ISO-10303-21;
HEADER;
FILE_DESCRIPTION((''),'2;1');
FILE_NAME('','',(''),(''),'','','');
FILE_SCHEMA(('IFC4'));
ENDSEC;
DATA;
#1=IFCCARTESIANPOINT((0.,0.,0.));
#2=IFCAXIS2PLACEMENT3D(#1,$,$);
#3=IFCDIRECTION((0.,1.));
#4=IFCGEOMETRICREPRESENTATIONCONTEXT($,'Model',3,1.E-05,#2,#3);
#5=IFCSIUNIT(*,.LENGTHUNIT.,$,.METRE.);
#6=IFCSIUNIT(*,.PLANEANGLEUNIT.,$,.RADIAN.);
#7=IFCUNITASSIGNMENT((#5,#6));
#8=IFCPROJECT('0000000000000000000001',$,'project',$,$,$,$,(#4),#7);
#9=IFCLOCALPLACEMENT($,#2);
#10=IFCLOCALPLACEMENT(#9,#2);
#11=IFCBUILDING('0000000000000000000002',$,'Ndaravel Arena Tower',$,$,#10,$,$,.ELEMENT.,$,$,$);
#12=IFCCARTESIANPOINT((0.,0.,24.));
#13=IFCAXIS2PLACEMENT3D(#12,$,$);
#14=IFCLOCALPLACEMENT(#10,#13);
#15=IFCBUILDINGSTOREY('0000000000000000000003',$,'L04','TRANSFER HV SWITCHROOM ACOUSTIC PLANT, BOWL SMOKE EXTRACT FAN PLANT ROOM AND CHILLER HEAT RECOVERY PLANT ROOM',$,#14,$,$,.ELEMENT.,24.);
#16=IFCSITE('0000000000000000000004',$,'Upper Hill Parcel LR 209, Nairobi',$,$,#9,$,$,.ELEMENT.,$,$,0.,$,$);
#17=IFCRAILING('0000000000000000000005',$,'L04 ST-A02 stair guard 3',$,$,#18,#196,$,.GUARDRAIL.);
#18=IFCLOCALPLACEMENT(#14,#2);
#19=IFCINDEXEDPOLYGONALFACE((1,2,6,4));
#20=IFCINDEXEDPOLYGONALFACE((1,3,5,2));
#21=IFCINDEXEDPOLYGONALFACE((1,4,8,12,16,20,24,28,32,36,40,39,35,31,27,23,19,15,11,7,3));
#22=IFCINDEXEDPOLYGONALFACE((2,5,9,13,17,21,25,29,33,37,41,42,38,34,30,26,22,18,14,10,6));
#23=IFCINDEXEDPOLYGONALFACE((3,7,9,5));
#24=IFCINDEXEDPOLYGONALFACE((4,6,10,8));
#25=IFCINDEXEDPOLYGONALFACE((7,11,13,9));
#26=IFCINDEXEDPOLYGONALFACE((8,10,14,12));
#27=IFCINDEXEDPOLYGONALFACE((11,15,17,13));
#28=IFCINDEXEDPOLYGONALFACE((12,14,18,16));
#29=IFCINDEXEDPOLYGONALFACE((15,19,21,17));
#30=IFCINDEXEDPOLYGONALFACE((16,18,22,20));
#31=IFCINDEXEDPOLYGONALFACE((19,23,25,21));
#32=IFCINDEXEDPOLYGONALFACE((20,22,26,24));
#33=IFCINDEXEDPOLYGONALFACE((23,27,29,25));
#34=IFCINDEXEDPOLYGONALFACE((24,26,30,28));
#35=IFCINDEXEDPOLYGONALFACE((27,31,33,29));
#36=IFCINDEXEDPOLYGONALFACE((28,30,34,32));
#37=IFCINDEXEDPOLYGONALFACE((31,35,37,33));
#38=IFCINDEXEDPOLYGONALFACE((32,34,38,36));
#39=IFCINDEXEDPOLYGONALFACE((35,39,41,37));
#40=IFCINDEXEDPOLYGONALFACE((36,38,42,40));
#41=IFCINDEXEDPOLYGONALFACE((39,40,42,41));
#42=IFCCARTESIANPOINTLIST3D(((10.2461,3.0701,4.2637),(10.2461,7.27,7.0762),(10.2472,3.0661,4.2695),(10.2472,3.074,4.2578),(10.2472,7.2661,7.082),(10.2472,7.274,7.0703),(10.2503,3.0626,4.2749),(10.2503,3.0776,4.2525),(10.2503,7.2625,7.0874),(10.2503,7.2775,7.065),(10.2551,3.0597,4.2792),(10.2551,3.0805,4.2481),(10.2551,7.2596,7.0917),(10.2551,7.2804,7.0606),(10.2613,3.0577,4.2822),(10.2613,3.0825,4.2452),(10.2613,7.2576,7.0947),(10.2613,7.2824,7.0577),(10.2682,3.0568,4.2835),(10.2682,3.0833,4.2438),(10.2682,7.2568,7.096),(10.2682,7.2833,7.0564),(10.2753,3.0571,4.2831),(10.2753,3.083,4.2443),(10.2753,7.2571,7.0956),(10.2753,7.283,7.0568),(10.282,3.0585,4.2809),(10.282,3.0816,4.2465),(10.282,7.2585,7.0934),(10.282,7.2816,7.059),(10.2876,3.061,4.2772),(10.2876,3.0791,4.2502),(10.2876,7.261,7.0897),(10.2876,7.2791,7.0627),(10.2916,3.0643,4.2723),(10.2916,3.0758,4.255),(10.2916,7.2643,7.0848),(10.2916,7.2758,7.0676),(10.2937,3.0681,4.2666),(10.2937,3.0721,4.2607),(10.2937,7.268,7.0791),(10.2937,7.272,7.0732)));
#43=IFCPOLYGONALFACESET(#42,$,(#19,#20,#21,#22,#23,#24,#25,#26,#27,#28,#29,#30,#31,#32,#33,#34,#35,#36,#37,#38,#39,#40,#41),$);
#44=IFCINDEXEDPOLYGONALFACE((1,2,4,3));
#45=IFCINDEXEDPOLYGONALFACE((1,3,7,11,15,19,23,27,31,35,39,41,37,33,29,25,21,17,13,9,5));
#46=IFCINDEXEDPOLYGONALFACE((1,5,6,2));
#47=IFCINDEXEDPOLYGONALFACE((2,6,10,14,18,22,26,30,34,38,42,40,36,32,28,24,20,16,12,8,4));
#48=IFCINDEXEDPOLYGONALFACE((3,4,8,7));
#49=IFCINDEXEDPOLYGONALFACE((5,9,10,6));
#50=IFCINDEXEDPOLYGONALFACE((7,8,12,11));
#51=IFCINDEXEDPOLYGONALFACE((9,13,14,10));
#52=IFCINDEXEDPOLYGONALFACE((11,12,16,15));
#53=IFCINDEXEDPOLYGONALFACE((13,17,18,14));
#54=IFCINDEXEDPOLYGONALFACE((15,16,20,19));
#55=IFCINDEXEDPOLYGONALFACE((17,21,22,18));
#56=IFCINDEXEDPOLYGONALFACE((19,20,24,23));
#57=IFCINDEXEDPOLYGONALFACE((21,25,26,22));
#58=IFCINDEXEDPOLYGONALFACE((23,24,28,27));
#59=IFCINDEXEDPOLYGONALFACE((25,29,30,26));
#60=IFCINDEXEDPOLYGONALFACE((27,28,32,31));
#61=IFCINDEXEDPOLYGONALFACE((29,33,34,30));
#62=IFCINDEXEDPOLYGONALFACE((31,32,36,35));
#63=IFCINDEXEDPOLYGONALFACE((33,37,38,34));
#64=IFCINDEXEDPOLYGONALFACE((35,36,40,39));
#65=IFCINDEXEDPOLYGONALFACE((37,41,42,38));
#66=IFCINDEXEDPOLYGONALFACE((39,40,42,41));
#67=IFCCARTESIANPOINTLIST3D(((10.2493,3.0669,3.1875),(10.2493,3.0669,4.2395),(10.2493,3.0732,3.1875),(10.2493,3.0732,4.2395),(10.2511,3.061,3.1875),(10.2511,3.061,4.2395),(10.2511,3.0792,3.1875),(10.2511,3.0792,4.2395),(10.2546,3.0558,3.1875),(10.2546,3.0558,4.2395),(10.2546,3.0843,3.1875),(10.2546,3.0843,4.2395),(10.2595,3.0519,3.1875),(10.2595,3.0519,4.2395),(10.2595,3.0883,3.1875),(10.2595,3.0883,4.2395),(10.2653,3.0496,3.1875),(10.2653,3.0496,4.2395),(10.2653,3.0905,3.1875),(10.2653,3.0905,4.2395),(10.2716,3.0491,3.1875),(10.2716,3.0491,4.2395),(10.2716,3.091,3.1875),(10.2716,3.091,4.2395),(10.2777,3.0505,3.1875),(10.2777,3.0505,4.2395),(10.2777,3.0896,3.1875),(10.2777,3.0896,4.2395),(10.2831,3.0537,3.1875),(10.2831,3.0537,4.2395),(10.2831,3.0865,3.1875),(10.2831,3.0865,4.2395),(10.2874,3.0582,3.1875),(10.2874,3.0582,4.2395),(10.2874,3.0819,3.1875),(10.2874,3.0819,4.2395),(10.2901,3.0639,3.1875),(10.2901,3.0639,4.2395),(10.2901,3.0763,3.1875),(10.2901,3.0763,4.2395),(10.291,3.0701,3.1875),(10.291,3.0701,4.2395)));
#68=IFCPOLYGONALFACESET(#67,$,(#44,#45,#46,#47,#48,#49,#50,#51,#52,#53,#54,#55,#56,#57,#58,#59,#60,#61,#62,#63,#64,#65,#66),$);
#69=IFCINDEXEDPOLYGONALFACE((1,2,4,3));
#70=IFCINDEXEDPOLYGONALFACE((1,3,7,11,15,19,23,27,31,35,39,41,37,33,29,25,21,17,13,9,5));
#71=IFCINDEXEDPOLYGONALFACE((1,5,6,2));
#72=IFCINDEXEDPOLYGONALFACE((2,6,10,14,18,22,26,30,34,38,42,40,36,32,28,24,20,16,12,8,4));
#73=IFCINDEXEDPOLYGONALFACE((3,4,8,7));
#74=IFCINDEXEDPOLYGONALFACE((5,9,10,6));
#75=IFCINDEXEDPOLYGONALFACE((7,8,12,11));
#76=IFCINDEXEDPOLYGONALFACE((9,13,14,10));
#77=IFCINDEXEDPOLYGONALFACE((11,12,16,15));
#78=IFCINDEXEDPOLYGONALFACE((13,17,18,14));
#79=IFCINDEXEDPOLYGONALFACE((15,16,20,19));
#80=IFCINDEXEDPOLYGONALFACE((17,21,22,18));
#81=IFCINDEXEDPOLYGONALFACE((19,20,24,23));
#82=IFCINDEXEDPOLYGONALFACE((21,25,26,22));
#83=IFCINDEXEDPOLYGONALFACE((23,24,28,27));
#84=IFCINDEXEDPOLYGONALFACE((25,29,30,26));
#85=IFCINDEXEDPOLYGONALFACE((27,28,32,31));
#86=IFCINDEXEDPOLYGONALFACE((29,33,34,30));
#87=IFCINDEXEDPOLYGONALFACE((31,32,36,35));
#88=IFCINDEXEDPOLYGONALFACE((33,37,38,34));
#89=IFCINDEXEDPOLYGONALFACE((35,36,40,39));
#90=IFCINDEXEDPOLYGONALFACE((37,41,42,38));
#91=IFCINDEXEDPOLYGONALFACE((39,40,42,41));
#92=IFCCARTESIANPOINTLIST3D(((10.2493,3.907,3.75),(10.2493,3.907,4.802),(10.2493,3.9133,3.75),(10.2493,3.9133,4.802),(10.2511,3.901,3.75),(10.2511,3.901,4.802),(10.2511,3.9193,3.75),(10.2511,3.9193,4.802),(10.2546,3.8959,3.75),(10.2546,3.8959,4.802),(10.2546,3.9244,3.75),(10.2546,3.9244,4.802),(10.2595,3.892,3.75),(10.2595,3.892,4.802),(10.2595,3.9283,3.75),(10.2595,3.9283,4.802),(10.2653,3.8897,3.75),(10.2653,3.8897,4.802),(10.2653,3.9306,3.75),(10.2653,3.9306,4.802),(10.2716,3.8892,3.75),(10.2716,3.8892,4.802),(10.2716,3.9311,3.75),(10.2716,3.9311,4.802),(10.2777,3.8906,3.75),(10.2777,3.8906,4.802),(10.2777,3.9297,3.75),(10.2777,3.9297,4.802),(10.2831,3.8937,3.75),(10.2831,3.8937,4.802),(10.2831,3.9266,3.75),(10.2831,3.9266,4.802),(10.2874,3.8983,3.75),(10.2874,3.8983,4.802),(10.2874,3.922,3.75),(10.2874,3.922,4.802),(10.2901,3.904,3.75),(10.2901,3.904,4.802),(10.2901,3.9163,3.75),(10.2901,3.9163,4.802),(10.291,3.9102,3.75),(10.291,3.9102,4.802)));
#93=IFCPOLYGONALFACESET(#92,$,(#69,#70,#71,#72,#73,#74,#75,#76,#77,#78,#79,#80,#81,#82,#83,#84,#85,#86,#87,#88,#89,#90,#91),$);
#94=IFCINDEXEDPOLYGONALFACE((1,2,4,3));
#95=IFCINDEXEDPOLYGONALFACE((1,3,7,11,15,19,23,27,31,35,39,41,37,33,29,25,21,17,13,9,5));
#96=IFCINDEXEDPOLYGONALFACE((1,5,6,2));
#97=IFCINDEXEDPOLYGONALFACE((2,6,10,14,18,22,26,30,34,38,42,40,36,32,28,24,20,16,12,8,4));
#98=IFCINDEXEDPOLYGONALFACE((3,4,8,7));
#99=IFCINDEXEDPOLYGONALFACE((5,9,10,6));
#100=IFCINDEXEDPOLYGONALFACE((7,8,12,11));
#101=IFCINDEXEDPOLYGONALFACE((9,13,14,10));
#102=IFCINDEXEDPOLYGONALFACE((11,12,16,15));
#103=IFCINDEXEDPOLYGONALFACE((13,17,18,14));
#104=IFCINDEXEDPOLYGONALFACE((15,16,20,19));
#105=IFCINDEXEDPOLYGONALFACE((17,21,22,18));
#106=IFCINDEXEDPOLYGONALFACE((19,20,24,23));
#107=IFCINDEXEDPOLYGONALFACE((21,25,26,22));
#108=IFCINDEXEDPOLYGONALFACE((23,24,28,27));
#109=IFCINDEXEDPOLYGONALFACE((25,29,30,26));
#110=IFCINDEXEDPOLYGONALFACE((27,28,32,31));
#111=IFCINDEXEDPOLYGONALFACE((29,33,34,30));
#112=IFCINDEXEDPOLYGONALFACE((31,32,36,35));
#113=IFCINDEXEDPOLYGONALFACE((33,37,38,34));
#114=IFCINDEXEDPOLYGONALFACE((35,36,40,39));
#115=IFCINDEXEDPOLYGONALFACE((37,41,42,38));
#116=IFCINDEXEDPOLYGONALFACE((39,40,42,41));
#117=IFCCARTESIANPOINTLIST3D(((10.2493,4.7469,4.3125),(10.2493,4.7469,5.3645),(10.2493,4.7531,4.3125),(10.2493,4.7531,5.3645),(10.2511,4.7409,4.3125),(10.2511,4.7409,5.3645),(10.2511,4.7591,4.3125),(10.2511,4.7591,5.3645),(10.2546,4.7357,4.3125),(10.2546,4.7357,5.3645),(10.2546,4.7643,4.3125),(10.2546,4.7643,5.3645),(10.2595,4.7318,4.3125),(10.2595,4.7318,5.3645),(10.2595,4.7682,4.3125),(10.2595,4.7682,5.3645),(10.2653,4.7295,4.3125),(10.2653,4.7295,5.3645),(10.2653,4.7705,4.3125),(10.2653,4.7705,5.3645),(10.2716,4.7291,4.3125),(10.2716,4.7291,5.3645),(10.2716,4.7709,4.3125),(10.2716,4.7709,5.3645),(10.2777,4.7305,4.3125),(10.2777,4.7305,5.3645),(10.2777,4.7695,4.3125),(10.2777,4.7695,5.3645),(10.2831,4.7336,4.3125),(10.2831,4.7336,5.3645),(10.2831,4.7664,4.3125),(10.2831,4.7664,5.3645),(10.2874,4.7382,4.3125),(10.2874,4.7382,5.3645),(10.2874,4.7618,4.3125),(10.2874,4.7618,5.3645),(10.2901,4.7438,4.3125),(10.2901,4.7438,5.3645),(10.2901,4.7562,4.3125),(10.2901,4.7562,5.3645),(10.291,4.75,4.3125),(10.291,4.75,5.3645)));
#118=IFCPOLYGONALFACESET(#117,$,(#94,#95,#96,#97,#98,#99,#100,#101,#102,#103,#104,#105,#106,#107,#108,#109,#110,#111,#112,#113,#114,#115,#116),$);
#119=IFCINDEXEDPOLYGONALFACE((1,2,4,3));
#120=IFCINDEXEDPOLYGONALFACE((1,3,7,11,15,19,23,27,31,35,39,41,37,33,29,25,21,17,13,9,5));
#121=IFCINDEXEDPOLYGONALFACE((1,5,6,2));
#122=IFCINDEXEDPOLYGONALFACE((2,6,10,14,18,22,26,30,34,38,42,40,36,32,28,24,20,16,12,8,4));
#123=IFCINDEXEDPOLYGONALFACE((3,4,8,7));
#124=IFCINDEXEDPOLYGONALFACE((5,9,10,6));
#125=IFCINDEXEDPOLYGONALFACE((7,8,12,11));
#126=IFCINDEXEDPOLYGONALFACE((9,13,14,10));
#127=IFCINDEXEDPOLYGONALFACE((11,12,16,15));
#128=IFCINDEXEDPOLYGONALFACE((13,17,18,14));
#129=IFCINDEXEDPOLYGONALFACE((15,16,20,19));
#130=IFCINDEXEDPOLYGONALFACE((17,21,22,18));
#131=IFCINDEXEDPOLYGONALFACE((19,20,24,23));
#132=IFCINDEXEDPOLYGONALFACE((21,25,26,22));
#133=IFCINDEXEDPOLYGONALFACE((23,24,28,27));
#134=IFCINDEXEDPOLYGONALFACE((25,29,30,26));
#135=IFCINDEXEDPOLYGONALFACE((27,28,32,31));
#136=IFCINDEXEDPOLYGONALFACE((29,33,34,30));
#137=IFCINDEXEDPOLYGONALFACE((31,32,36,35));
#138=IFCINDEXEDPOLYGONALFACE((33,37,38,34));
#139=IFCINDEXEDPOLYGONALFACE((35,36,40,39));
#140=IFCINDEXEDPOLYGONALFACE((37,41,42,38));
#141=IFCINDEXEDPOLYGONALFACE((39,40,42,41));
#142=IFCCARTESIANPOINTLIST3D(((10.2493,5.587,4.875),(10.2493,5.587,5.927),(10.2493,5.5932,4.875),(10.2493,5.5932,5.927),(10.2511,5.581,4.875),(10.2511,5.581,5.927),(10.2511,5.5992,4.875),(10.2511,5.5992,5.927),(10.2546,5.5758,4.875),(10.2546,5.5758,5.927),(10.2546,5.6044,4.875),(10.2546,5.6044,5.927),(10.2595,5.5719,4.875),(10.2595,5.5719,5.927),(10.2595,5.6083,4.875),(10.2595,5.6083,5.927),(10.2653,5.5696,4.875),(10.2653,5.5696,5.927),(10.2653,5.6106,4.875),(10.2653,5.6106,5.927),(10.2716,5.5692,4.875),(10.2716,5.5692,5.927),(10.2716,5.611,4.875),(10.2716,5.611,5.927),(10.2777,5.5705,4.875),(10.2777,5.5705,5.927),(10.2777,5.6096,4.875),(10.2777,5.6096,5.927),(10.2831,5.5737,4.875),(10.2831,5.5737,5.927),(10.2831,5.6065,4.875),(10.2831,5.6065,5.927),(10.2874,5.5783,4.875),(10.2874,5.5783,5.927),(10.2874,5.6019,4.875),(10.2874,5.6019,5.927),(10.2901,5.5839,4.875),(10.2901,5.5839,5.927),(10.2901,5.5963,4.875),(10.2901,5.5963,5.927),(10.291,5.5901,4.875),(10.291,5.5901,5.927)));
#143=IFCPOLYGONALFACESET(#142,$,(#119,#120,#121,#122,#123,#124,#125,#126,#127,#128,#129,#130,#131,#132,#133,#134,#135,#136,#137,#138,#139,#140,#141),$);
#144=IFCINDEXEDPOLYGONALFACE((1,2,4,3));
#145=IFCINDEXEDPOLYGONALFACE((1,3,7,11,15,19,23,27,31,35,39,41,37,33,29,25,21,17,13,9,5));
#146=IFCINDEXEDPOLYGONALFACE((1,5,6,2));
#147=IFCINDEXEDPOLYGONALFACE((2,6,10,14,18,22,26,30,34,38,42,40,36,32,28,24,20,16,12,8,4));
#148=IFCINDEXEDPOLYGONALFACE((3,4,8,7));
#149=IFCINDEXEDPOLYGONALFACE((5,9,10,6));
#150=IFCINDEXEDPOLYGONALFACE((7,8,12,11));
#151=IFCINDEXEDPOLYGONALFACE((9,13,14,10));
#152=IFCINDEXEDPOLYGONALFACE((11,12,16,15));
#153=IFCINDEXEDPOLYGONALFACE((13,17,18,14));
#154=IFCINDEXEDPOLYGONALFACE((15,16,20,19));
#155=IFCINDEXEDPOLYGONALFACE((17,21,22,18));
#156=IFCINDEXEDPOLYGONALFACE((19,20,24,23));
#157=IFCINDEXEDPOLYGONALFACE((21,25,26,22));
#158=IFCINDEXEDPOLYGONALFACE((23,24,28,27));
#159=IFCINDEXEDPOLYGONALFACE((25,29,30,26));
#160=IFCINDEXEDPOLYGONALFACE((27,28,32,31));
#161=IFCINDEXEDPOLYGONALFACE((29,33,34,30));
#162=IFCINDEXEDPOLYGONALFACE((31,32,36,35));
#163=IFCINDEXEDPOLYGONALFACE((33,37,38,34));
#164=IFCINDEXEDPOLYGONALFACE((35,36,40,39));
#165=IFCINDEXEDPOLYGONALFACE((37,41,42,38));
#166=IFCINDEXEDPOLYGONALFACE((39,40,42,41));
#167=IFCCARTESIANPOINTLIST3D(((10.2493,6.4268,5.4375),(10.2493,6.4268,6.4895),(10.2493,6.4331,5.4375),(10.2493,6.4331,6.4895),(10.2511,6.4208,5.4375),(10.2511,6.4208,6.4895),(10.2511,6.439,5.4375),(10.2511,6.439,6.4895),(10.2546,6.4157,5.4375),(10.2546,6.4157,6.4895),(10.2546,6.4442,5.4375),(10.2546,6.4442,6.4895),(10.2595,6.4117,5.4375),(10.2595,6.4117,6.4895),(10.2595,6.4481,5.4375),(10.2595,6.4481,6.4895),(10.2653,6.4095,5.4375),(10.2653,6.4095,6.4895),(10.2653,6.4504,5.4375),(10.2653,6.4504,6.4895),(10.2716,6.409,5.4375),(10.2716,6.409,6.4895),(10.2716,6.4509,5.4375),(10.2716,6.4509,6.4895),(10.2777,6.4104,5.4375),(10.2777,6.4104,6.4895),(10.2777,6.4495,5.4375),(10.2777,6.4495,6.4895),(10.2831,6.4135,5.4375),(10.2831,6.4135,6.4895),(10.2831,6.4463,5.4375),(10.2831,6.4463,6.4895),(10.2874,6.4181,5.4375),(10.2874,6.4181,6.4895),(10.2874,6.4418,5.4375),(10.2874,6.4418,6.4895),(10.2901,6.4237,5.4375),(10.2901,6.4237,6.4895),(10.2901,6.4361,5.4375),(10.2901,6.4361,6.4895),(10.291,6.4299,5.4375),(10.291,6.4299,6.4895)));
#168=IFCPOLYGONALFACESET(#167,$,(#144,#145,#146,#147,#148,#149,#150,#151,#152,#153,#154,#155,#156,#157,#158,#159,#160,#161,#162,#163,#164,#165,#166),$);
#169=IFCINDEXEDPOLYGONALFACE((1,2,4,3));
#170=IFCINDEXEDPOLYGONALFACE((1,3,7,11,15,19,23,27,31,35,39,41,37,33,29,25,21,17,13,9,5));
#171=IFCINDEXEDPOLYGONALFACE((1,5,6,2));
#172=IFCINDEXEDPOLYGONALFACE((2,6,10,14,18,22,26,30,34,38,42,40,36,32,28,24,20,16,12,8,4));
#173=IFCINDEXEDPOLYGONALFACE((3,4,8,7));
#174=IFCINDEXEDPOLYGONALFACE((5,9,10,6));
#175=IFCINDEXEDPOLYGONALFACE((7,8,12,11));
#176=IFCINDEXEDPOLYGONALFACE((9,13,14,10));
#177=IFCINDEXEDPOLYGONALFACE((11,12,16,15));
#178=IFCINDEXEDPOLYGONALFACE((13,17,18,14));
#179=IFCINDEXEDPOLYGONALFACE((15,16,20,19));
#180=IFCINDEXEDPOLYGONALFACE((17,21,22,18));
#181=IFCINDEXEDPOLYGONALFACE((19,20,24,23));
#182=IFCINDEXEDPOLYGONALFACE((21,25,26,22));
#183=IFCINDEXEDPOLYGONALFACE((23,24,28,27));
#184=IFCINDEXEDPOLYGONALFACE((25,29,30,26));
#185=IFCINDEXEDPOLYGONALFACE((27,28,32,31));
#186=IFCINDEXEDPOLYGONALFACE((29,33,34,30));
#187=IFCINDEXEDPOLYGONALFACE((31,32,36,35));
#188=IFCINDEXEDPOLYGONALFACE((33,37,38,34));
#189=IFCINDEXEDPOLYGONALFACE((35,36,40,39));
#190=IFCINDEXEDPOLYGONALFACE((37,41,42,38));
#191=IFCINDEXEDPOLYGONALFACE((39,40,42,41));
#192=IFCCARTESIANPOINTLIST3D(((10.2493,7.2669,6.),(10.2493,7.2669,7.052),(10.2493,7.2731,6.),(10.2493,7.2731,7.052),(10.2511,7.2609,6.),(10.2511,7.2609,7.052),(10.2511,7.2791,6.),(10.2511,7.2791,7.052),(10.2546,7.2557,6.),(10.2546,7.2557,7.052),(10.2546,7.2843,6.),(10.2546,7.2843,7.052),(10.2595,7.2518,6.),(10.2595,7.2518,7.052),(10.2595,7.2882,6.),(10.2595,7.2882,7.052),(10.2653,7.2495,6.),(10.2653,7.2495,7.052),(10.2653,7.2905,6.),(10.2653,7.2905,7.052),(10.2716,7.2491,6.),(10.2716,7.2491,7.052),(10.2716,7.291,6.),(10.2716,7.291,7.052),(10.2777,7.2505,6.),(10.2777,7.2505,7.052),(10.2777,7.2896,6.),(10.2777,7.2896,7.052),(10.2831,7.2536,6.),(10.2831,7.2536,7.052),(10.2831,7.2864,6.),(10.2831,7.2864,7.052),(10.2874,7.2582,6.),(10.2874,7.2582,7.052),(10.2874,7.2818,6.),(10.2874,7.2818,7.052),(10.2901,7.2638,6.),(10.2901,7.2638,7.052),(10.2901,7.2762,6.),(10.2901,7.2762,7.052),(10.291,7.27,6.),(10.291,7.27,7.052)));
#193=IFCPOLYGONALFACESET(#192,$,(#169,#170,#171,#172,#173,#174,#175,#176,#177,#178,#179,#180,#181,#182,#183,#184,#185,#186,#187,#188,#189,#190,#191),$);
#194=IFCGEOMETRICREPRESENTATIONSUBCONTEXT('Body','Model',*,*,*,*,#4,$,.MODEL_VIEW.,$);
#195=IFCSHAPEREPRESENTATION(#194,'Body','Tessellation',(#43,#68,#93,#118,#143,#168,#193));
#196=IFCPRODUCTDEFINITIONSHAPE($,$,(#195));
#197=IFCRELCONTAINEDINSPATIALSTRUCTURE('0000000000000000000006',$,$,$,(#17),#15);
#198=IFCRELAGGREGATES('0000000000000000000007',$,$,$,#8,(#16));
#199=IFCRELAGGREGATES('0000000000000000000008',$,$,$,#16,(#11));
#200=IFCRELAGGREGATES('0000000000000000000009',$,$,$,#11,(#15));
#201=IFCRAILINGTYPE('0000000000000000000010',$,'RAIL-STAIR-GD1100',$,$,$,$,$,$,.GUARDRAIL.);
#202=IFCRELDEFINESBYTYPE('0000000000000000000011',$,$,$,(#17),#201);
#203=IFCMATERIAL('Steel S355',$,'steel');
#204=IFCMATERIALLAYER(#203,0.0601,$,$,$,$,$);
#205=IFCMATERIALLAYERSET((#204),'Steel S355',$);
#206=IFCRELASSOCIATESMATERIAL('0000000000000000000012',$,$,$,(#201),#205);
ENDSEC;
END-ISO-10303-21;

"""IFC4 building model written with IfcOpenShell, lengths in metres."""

from ifc_helpers import new_model, si_unit, direction, frame, origin, origin_2d, place, context, subcontext, project, spatial, circle, extrude, material, layer, layer_set, type_object, element, save


model = new_model("IFC4")

# Units and contexts
model_context = context("Model", 3, precision=1e-05, world=origin(), true_north=direction((0.0, 1.0)))
body_context = subcontext(model_context, "Body", "Model", "MODEL_VIEW")
ifc_project = project(units=[si_unit("LENGTHUNIT", "METRE"), si_unit("PLANEANGLEUNIT", "RADIAN")], contexts=[model_context])

# Site, building, storey
site_placement = place(None, origin())
site = spatial("IfcSite", under=ifc_project, at=site_placement, Name="Upper Hill Parcel LR 209, Nairobi", CompositionType="ELEMENT", RefElevation=0.0)
building_placement = place(site_placement, origin())
building = spatial("IfcBuilding", under=site, at=building_placement, Name="Ndaravel Arena Tower", CompositionType="ELEMENT")
storey_placement = place(building_placement, frame((0.0, 0.0, 24.0)))
storey = spatial("IfcBuildingStorey", under=building, at=storey_placement, Name="L04", Description="TRANSFER HV SWITCHROOM ACOUSTIC PLANT, BOWL SMOKE EXTRACT FAN PLANT ROOM AND CHILLER HEAT RECOVERY PLANT ROOM", CompositionType="ELEMENT", Elevation=24.0)

# Railing
ifc_material_1 = material(Name="Steel S355", Category="steel")
ifc_layer_1 = layer(ifc_material_1, 0.0601)
ifc_layer_set_1 = layer_set([ifc_layer_1], Name="Steel S355")
railing_type_1 = type_object("IfcRailingType", Name="RAIL-STAIR-GD1100", PredefinedType="GUARDRAIL", material=ifc_layer_set_1)
railing_1_placement = place(storey_placement, frame((10.27, 3.0701, 3.1875)))
element("IfcRailing", 1, at=railing_1_placement, inside=storey, type_object=railing_type_1, Name="L04 ST-A02 stair guard 3", PredefinedType="GUARDRAIL", context=body_context, shape_type="SweptSolid", body=[
    extrude(circle(Radius=0.0239, at=origin_2d()), frame((0.0, 0.0, 1.0762), z_axis=(0.0, 0.830904, 0.556416), x_axis=(-1.0, 0.0, 0.0)), (0.0, 0.0, 1.0), 5.0547),
    extrude(circle(Radius=0.021, at=origin_2d()), origin(), (0.0, 0.0, 1.0), 1.052),
    extrude(circle(Radius=0.021, at=origin_2d()), frame((0.0, 0.8401, 0.5625)), (0.0, 0.0, 1.0), 1.052),
    extrude(circle(Radius=0.021, at=origin_2d()), frame((0.0, 1.6799, 1.125)), (0.0, 0.0, 1.0), 1.052),
    extrude(circle(Radius=0.021, at=origin_2d()), frame((0.0, 2.52, 1.6875)), (0.0, 0.0, 1.0), 1.052),
    extrude(circle(Radius=0.021, at=origin_2d()), frame((0.0, 3.3599, 2.25)), (0.0, 0.0, 1.0), 1.052),
    extrude(circle(Radius=0.021, at=origin_2d()), frame((0.0, 4.2, 2.8125)), (0.0, 0.0, 1.0), 1.052),
])

save(model, "model.ifc")
